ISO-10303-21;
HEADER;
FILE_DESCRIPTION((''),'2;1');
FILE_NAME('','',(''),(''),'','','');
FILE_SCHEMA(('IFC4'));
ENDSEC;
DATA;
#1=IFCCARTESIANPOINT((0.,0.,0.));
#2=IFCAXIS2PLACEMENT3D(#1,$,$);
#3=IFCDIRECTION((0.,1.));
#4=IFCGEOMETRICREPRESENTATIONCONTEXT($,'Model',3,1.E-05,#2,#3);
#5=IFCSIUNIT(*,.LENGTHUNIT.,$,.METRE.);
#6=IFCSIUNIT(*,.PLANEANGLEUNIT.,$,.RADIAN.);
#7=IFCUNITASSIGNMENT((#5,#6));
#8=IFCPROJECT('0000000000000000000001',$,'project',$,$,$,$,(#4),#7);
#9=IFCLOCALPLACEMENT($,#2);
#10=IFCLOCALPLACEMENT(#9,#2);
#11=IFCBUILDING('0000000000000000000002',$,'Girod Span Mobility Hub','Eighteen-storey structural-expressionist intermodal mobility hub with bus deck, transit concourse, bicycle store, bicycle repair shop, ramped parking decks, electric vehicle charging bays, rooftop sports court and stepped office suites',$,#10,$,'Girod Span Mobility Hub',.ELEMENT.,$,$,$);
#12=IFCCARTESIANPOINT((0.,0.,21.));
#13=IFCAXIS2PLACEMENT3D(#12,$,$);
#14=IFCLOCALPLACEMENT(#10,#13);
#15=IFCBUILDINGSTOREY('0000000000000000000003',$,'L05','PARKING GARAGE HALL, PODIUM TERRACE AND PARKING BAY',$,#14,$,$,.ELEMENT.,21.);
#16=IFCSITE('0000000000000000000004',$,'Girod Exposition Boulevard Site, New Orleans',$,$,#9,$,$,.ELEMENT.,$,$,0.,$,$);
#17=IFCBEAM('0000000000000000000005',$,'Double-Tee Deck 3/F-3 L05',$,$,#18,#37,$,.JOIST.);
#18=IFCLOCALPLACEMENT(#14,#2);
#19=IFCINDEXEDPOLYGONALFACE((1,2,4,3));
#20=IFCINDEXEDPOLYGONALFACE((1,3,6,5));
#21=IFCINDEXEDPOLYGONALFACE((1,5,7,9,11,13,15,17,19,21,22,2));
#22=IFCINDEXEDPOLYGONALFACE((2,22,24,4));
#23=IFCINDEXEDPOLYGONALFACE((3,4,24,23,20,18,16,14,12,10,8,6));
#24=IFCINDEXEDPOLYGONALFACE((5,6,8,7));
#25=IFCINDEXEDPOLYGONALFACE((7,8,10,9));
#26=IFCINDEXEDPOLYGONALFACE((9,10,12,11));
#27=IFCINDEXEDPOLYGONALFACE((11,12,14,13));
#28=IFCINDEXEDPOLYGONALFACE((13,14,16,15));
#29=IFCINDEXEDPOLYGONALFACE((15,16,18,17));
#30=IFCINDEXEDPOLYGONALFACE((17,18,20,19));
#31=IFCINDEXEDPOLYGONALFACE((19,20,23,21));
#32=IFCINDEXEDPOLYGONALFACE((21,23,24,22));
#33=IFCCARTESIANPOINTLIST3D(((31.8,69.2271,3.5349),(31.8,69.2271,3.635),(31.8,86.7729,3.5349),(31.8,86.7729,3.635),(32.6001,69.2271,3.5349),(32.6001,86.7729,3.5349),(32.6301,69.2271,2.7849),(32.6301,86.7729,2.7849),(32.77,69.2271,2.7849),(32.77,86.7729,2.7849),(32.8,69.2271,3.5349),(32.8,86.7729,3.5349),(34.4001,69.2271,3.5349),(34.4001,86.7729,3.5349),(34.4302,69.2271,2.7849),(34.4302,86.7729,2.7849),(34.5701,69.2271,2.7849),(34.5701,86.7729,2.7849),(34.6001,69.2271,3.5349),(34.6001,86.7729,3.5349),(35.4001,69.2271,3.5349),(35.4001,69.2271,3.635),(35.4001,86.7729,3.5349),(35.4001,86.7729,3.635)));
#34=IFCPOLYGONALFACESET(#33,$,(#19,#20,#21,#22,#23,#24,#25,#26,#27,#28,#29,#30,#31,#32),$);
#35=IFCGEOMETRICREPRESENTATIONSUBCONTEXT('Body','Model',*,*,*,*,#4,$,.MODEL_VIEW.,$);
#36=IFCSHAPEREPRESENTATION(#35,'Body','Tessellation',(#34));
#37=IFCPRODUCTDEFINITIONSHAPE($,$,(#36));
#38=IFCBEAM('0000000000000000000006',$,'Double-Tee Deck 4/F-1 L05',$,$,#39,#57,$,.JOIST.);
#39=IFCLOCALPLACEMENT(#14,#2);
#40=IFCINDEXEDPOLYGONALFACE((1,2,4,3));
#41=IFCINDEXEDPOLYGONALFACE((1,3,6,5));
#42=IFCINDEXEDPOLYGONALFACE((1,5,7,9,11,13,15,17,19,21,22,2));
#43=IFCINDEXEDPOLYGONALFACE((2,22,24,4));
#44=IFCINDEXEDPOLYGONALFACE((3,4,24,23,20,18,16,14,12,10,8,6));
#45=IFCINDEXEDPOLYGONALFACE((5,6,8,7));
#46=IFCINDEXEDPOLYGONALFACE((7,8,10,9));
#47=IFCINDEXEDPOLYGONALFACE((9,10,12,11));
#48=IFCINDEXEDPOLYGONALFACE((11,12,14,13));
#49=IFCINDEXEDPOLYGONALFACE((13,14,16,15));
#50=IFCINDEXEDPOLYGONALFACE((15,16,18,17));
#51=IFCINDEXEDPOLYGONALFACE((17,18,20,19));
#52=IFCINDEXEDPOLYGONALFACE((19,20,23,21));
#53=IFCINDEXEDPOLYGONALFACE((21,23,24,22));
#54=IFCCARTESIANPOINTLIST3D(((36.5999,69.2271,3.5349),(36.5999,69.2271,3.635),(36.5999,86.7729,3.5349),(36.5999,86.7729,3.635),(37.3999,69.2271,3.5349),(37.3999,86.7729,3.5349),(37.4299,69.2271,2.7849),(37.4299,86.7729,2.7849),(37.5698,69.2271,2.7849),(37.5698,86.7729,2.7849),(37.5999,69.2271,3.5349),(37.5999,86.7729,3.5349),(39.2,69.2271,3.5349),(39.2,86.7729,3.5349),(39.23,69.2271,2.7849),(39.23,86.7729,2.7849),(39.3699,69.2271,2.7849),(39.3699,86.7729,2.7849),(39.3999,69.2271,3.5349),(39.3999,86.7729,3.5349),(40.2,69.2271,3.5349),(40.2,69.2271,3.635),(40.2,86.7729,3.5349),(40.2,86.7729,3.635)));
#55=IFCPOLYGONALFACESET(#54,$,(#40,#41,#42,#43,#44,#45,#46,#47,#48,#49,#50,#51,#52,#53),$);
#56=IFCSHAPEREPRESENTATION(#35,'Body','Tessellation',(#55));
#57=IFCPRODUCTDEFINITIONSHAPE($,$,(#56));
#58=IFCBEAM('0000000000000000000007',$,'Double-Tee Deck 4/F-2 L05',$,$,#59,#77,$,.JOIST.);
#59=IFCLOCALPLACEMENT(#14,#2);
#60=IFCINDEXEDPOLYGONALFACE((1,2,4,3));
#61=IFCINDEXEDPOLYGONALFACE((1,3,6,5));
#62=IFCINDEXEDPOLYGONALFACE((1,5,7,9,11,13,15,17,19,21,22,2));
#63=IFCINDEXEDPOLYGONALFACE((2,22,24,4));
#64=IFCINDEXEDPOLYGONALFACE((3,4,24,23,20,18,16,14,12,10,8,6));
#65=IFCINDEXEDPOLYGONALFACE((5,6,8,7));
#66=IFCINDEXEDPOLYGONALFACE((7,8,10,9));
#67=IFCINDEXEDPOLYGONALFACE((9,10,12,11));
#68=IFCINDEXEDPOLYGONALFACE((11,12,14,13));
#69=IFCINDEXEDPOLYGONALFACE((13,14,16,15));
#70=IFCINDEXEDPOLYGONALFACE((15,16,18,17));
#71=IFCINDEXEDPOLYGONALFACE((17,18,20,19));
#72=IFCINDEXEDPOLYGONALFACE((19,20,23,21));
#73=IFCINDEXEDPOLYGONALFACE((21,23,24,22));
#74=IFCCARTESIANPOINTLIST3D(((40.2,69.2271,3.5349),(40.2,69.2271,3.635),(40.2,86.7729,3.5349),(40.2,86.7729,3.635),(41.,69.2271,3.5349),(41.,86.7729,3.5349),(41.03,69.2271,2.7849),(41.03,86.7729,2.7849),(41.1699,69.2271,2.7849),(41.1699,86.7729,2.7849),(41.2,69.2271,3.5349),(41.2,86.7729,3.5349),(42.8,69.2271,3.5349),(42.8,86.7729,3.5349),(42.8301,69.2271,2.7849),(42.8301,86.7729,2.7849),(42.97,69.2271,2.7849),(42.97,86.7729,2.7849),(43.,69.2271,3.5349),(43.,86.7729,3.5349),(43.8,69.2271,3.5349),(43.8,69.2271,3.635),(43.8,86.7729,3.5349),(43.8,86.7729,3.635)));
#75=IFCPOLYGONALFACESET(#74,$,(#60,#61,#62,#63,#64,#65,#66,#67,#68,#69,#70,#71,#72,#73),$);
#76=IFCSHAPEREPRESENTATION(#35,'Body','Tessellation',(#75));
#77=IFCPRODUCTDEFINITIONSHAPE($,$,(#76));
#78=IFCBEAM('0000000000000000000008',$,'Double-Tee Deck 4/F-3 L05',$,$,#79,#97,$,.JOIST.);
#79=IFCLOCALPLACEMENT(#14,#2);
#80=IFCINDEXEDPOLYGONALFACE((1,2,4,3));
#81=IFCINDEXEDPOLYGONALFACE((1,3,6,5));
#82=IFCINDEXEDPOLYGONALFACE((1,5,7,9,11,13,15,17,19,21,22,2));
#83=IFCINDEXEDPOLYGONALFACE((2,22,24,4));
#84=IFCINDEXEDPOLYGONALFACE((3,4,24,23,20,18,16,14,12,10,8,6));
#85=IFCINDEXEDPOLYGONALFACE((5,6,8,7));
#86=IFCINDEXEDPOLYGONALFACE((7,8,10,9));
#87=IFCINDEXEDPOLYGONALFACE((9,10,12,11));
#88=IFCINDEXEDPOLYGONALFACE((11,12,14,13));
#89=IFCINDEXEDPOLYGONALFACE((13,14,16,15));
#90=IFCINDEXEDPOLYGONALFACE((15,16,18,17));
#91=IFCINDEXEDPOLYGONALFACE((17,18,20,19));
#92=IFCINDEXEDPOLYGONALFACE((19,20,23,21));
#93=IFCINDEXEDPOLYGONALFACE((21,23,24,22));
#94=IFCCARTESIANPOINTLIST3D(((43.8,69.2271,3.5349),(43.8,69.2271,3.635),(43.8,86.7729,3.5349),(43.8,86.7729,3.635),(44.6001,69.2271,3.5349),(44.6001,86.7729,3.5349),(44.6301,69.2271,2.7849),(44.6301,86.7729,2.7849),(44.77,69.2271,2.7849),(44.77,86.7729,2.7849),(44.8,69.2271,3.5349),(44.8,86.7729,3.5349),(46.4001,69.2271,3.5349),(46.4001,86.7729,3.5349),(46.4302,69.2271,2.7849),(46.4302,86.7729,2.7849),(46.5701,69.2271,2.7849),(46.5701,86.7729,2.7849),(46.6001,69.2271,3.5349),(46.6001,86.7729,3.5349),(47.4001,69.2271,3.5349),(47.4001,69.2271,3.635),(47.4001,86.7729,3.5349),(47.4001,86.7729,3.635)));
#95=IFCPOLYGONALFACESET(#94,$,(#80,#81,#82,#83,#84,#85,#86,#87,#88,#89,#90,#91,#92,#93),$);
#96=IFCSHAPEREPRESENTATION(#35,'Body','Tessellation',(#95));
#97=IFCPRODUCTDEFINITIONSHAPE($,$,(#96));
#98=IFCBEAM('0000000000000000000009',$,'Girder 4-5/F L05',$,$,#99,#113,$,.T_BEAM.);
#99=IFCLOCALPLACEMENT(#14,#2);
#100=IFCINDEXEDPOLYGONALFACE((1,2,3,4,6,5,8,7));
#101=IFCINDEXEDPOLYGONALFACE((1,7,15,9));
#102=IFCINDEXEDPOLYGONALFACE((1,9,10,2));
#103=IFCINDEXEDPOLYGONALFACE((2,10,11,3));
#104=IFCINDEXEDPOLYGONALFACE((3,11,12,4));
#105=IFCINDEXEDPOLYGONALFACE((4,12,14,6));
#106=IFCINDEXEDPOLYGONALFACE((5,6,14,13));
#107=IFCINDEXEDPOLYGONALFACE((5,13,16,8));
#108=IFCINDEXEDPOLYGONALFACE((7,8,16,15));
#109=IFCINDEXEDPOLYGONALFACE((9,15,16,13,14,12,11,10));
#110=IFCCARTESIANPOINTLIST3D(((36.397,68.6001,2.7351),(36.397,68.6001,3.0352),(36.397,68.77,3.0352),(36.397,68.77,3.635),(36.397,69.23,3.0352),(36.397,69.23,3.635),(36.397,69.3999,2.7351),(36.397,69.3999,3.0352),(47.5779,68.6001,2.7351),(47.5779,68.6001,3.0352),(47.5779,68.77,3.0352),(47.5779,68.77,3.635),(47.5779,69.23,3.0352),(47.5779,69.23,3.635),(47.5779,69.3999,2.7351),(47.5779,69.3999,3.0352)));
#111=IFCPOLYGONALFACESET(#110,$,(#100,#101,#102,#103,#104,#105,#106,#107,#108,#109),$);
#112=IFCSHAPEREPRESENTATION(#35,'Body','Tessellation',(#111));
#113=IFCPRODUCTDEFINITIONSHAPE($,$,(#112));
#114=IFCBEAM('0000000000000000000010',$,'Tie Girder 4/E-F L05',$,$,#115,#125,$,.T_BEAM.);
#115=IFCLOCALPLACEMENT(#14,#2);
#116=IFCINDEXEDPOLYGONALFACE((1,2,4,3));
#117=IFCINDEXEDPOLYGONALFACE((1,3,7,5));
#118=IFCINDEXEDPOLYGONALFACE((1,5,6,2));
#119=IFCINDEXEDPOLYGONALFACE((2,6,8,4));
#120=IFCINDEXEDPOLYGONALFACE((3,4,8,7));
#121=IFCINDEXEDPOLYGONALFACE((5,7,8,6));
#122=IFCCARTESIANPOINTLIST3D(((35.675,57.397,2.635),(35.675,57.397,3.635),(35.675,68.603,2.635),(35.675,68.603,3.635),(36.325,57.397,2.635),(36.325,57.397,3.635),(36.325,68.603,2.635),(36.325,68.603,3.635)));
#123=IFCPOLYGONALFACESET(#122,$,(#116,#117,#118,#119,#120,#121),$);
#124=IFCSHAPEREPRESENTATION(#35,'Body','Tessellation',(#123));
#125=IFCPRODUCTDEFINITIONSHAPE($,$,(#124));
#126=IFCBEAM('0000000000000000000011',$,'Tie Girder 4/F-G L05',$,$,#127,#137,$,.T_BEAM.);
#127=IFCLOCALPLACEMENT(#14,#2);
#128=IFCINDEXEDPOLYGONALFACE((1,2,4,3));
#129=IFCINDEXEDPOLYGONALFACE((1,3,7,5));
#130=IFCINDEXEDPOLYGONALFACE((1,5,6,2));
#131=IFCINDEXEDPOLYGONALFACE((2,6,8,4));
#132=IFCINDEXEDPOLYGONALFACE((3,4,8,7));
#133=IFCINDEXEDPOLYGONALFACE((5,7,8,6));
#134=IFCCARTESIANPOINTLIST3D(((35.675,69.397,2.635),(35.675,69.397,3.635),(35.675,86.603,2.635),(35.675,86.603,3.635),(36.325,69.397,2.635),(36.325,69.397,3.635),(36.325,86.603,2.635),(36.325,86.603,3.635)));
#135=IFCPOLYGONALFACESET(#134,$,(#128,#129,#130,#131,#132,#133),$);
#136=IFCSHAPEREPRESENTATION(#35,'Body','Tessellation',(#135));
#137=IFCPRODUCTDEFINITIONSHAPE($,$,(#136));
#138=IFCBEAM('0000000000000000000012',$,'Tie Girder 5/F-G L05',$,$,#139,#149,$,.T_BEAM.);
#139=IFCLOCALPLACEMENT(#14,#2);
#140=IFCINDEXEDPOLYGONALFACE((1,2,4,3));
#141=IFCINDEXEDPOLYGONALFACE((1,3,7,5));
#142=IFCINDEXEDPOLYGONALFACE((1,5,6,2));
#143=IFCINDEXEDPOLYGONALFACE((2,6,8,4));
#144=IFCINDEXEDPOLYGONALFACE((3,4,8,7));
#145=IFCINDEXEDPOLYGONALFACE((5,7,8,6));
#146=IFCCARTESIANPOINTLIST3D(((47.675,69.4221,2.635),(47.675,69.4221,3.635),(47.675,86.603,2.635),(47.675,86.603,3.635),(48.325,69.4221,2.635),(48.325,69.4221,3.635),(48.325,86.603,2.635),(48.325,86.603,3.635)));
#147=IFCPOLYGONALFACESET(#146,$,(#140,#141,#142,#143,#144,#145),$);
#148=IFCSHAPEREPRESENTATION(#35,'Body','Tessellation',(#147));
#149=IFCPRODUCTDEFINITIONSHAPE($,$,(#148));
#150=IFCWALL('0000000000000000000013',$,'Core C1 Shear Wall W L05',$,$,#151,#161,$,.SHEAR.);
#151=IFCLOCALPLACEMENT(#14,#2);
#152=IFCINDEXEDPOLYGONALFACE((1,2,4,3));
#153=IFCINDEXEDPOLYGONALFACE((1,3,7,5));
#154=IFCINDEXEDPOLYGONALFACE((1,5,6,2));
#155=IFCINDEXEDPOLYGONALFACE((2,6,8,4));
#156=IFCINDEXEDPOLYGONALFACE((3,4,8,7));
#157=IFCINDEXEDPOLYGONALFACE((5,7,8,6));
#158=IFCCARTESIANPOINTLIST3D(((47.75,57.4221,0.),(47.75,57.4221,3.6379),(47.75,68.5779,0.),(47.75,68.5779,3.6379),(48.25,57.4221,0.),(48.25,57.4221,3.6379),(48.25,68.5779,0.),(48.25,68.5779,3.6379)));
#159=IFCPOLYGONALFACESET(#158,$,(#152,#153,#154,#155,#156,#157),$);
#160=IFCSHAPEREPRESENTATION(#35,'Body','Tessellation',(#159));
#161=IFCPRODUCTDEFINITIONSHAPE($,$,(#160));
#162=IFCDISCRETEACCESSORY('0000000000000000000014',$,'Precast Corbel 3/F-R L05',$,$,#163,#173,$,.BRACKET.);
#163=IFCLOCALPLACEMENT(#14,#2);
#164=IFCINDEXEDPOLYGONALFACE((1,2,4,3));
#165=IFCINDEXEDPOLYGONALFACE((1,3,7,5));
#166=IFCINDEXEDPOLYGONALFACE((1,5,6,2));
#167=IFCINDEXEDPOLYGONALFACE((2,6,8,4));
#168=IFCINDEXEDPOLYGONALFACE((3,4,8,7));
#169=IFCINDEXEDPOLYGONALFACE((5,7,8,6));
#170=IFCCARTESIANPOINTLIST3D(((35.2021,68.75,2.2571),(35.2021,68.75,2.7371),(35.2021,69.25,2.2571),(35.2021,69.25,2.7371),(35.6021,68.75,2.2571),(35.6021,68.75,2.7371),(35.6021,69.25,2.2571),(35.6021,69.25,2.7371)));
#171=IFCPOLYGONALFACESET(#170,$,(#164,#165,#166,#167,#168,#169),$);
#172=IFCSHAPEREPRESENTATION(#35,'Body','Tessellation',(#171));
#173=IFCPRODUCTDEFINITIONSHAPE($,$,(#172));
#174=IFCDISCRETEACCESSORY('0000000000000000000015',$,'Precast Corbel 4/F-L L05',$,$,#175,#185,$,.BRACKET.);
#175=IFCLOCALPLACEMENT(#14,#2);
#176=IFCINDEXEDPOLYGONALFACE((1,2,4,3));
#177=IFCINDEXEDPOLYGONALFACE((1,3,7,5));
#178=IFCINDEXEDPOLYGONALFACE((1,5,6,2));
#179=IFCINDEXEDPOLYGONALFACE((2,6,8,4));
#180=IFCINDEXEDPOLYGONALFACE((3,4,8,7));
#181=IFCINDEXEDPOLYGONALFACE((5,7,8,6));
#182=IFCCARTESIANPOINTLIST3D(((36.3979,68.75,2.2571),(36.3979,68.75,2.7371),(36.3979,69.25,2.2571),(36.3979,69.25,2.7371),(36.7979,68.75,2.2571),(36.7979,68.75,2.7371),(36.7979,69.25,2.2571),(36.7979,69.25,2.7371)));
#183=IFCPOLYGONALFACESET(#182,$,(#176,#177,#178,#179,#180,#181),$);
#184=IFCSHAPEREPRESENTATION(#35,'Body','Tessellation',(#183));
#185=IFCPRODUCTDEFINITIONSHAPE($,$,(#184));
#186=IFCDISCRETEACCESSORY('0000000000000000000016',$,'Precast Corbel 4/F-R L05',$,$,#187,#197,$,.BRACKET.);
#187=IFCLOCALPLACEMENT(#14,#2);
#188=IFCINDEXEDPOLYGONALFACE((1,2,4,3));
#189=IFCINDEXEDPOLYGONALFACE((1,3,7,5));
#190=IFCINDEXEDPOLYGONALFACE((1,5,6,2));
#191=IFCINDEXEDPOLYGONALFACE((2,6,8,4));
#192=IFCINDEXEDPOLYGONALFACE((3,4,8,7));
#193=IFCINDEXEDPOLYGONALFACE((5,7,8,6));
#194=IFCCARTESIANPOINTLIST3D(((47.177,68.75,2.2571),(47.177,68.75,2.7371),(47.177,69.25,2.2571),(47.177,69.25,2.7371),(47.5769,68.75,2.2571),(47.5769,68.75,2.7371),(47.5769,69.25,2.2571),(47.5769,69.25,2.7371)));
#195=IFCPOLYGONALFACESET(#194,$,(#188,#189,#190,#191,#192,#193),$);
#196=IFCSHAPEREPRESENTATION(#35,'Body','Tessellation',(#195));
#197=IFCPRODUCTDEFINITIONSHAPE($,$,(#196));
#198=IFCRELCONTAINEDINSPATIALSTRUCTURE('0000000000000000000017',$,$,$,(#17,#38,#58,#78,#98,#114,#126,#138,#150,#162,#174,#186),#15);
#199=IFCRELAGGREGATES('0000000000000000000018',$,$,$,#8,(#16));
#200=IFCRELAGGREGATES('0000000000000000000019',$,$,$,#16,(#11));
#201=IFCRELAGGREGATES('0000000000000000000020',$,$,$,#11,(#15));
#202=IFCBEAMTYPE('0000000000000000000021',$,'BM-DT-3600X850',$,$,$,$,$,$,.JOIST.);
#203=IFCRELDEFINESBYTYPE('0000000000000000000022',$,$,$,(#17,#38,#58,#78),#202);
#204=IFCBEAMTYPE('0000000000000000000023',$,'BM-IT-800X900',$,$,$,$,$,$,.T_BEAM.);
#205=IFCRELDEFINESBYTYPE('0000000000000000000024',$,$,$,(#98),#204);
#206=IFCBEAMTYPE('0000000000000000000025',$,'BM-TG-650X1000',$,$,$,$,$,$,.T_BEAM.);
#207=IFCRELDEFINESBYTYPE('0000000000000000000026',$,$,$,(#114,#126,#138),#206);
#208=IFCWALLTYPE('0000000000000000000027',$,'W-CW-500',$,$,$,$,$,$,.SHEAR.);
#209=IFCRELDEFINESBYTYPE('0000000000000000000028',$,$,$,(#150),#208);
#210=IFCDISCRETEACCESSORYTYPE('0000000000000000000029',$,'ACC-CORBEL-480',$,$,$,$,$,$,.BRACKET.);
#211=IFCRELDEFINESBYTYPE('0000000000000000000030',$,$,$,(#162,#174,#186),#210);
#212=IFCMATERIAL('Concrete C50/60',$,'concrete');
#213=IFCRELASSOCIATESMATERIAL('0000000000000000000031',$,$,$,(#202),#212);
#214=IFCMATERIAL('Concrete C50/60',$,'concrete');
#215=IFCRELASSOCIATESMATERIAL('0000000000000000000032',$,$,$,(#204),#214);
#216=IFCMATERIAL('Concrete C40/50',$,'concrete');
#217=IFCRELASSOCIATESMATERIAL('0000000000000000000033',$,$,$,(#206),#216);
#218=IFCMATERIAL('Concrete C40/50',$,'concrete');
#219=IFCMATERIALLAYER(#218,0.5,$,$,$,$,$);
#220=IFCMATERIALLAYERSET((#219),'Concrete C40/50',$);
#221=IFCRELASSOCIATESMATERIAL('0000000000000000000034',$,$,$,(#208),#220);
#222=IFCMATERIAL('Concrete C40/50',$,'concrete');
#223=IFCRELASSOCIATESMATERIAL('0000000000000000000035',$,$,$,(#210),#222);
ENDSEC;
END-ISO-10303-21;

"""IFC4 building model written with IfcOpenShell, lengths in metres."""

from ifc_helpers import new_model, si_unit, direction, frame, frame_2d, origin, origin_2d, place, context, subcontext, project, spatial, polyline, rectangle, outline, extrude, material, layer, layer_set, material_profile, profile_set, type_object, element, save


model = new_model("IFC4")

# Units and contexts
model_context = context("Model", 3, precision=1e-05, world=origin(), true_north=direction((0.0, 1.0)))
body_context = subcontext(model_context, "Body", "Model", "MODEL_VIEW")
ifc_project = project(units=[si_unit("LENGTHUNIT", "METRE"), si_unit("PLANEANGLEUNIT", "RADIAN")], contexts=[model_context])

# Site, building, storey
site_placement = place(None, origin())
site = spatial("IfcSite", under=ifc_project, at=site_placement, Name="Girod Exposition Boulevard Site, New Orleans", CompositionType="ELEMENT", RefElevation=0.0)
building_placement = place(site_placement, origin())
building = spatial("IfcBuilding", under=site, at=building_placement, Name="Girod Span Mobility Hub", Description="Eighteen-storey structural-expressionist intermodal mobility hub with bus deck, transit concourse, bicycle store, bicycle repair shop, ramped parking decks, electric vehicle charging bays, rooftop sports court and stepped office suites", LongName="Girod Span Mobility Hub", CompositionType="ELEMENT")
storey_placement = place(building_placement, frame((0.0, 0.0, 21.0)))
storey = spatial("IfcBuildingStorey", under=building, at=storey_placement, Name="L05", Description="PARKING GARAGE HALL, PODIUM TERRACE AND PARKING BAY", CompositionType="ELEMENT", Elevation=21.0)

# Beams
ifc_material_1 = material(Name="Concrete C50/60", Category="concrete")
ifc_material_profile_1 = material_profile(ifc_material_1, outline(polyline([(-1.8, 0.425), (-1.8, 0.325), (-1.0, 0.325), (-0.97, -0.425), (-0.8301, -0.425), (-0.8, 0.325), (0.8, 0.325), (0.8301, -0.425), (0.97, -0.425), (1.0, 0.325), (1.8, 0.325), (1.8, 0.425), (-1.8, 0.425)])), Name="DT-3600X850")
ifc_profile_set_1 = profile_set([ifc_material_profile_1], Name="Concrete C50/60")
beam_type_1 = type_object("IfcBeamType", Name="BM-DT-3600X850", PredefinedType="JOIST", material=ifc_profile_set_1)
for number, where, z_axis, x_axis, name in (
    (1, (33.6001, 69.2271, 3.21), (0.0, 1.0, 0.0), (-1.0, 0.0, 0.0), "Double-Tee Deck 3/F-3 L05"),
    (2, (38.3999, 69.2271, 3.21), (0.0, 1.0, 0.0), (-1.0, 0.0, 0.0), "Double-Tee Deck 4/F-1 L05"),
    (3, (42.0, 69.2271, 3.21), (0.0, 1.0, 0.0), (-1.0, 0.0, 0.0), "Double-Tee Deck 4/F-2 L05"),
    (4, (45.6001, 69.2271, 3.21), (0.0, 1.0, 0.0), (-1.0, 0.0, 0.0), "Double-Tee Deck 4/F-3 L05"),
):
    element("IfcBeam", number, at=place(storey_placement, frame(where, z_axis=z_axis, x_axis=x_axis)), inside=storey, type_object=beam_type_1, Name=name, PredefinedType="JOIST", context=body_context, shape_type="SweptSolid", body=[
        extrude(outline(polyline([(-1.8, 0.425), (-1.8, 0.325), (-1.0, 0.325), (-0.97, -0.425), (-0.8301, -0.425), (-0.8, 0.325), (0.8, 0.325), (0.8301, -0.425), (0.97, -0.425), (1.0, 0.325), (1.8, 0.325), (1.8, 0.425), (-1.8, 0.425)])), origin(), (0.0, 0.0, 1.0), 17.5459),
    ])
ifc_material_2 = material(Name="Concrete C50/60", Category="concrete")
ifc_material_profile_2 = material_profile(ifc_material_2, outline(polyline([(-0.3999, -0.45), (0.3999, -0.45), (0.3999, -0.1499), (0.23, -0.1499), (0.23, 0.45), (-0.23, 0.45), (-0.23, -0.1499), (-0.3999, -0.1499), (-0.3999, -0.45)])), Name="IT-800X900")
ifc_profile_set_2 = profile_set([ifc_material_profile_2], Name="Concrete C50/60")
beam_type_2 = type_object("IfcBeamType", Name="BM-IT-800X900", PredefinedType="T_BEAM", material=ifc_profile_set_2)
beam_1_placement = place(storey_placement, frame((36.397, 69.0, 3.1851), z_axis=(1.0, 0.0, 0.0), x_axis=(0.0, 1.0, 0.0)))
element("IfcBeam", 5, at=beam_1_placement, inside=storey, type_object=beam_type_2, Name="Girder 4-5/F L05", PredefinedType="T_BEAM", context=body_context, shape_type="SweptSolid", body=[
    extrude(outline(polyline([(-0.3999, -0.45), (0.3999, -0.45), (0.3999, -0.1499), (0.23, -0.1499), (0.23, 0.45), (-0.23, 0.45), (-0.23, -0.1499), (-0.3999, -0.1499), (-0.3999, -0.45)])), origin(), (0.0, 0.0, 1.0), 11.1809),
])
ifc_material_3 = material(Name="Concrete C40/50", Category="concrete")
ifc_material_profile_3 = material_profile(ifc_material_3, rectangle(XDim=0.6499, YDim=1.0, at=origin_2d()), Name="TG-650X1000")
ifc_profile_set_3 = profile_set([ifc_material_profile_3], Name="Concrete C40/50")
beam_type_3 = type_object("IfcBeamType", Name="BM-TG-650X1000", PredefinedType="T_BEAM", material=ifc_profile_set_3)
beam_2_placement = place(storey_placement, frame((36.0, 57.397, 3.135), z_axis=(0.0, 1.0, 0.0), x_axis=(-1.0, 0.0, 0.0)))
element("IfcBeam", 6, at=beam_2_placement, inside=storey, type_object=beam_type_3, Name="Tie Girder 4/E-F L05", PredefinedType="T_BEAM", context=body_context, shape_type="SweptSolid", body=[
    extrude(rectangle(XDim=0.6499, YDim=1.0, at=origin_2d()), origin(), (0.0, 0.0, 1.0), 11.2061),
])
beam_3_placement = place(storey_placement, frame((36.0, 69.397, 3.135), z_axis=(0.0, 1.0, 0.0), x_axis=(-1.0, 0.0, 0.0)))
element("IfcBeam", 7, at=beam_3_placement, inside=storey, type_object=beam_type_3, Name="Tie Girder 4/F-G L05", PredefinedType="T_BEAM", context=body_context, shape_type="SweptSolid", body=[
    extrude(rectangle(XDim=0.6499, YDim=1.0, at=origin_2d()), origin(), (0.0, 0.0, 1.0), 17.2061),
])
beam_4_placement = place(storey_placement, frame((48.0, 69.4221, 3.135), z_axis=(0.0, 1.0, 0.0), x_axis=(-1.0, 0.0, 0.0)))
element("IfcBeam", 8, at=beam_4_placement, inside=storey, type_object=beam_type_3, Name="Tie Girder 5/F-G L05", PredefinedType="T_BEAM", context=body_context, shape_type="SweptSolid", body=[
    extrude(rectangle(XDim=0.6499, YDim=1.0, at=origin_2d()), origin(), (0.0, 0.0, 1.0), 17.1809),
])

# Wall
ifc_material_4 = material(Name="Concrete C40/50", Category="concrete")
ifc_layer = layer(ifc_material_4, 0.5)
ifc_layer_set = layer_set([ifc_layer], Name="Concrete C40/50")
wall_type = type_object("IfcWallType", Name="W-CW-500", PredefinedType="SHEAR", material=ifc_layer_set)
wall_placement = place(storey_placement, frame((48.0, 57.4221, 0.0), z_axis=(0.0, 0.0, 1.0), x_axis=(0.0, 1.0, 0.0)))
element("IfcWall", 9, at=wall_placement, inside=storey, type_object=wall_type, Name="Core C1 Shear Wall W L05", PredefinedType="SHEAR", context=body_context, shape_type="SweptSolid", body=[
    extrude(rectangle(XDim=11.1558, YDim=0.5, at=frame_2d((5.5779, 0.0))), origin(), (0.0, 0.0, 1.0), 3.6379),
])

# Discrete accessories
ifc_material_5 = material(Name="Concrete C40/50", Category="concrete")
discrete_accessory_type = type_object("IfcDiscreteAccessoryType", Name="ACC-CORBEL-480", PredefinedType="BRACKET", material=ifc_material_5)
for number, where, z_axis, x_axis, name in (
    (10, (35.4021, 69.0, 2.2571), (0.0, 0.0, 1.0), (1.0, 0.0, 0.0), "Precast Corbel 3/F-R L05"),
    (11, (36.5979, 69.0, 2.2571), (0.0, 0.0, 1.0), (1.0, 0.0, 0.0), "Precast Corbel 4/F-L L05"),
    (12, (47.377, 69.0, 2.2571), (0.0, 0.0, 1.0), (1.0, 0.0, 0.0), "Precast Corbel 4/F-R L05"),
):
    element("IfcDiscreteAccessory", number, at=place(storey_placement, frame(where, z_axis=z_axis, x_axis=x_axis)), inside=storey, type_object=discrete_accessory_type, Name=name, PredefinedType="BRACKET", context=body_context, shape_type="SweptSolid", body=[
        extrude(rectangle(XDim=0.3999, YDim=0.5, at=origin_2d()), origin(), (0.0, 0.0, 1.0), 0.48),
    ])

save(model, "model.ifc")
